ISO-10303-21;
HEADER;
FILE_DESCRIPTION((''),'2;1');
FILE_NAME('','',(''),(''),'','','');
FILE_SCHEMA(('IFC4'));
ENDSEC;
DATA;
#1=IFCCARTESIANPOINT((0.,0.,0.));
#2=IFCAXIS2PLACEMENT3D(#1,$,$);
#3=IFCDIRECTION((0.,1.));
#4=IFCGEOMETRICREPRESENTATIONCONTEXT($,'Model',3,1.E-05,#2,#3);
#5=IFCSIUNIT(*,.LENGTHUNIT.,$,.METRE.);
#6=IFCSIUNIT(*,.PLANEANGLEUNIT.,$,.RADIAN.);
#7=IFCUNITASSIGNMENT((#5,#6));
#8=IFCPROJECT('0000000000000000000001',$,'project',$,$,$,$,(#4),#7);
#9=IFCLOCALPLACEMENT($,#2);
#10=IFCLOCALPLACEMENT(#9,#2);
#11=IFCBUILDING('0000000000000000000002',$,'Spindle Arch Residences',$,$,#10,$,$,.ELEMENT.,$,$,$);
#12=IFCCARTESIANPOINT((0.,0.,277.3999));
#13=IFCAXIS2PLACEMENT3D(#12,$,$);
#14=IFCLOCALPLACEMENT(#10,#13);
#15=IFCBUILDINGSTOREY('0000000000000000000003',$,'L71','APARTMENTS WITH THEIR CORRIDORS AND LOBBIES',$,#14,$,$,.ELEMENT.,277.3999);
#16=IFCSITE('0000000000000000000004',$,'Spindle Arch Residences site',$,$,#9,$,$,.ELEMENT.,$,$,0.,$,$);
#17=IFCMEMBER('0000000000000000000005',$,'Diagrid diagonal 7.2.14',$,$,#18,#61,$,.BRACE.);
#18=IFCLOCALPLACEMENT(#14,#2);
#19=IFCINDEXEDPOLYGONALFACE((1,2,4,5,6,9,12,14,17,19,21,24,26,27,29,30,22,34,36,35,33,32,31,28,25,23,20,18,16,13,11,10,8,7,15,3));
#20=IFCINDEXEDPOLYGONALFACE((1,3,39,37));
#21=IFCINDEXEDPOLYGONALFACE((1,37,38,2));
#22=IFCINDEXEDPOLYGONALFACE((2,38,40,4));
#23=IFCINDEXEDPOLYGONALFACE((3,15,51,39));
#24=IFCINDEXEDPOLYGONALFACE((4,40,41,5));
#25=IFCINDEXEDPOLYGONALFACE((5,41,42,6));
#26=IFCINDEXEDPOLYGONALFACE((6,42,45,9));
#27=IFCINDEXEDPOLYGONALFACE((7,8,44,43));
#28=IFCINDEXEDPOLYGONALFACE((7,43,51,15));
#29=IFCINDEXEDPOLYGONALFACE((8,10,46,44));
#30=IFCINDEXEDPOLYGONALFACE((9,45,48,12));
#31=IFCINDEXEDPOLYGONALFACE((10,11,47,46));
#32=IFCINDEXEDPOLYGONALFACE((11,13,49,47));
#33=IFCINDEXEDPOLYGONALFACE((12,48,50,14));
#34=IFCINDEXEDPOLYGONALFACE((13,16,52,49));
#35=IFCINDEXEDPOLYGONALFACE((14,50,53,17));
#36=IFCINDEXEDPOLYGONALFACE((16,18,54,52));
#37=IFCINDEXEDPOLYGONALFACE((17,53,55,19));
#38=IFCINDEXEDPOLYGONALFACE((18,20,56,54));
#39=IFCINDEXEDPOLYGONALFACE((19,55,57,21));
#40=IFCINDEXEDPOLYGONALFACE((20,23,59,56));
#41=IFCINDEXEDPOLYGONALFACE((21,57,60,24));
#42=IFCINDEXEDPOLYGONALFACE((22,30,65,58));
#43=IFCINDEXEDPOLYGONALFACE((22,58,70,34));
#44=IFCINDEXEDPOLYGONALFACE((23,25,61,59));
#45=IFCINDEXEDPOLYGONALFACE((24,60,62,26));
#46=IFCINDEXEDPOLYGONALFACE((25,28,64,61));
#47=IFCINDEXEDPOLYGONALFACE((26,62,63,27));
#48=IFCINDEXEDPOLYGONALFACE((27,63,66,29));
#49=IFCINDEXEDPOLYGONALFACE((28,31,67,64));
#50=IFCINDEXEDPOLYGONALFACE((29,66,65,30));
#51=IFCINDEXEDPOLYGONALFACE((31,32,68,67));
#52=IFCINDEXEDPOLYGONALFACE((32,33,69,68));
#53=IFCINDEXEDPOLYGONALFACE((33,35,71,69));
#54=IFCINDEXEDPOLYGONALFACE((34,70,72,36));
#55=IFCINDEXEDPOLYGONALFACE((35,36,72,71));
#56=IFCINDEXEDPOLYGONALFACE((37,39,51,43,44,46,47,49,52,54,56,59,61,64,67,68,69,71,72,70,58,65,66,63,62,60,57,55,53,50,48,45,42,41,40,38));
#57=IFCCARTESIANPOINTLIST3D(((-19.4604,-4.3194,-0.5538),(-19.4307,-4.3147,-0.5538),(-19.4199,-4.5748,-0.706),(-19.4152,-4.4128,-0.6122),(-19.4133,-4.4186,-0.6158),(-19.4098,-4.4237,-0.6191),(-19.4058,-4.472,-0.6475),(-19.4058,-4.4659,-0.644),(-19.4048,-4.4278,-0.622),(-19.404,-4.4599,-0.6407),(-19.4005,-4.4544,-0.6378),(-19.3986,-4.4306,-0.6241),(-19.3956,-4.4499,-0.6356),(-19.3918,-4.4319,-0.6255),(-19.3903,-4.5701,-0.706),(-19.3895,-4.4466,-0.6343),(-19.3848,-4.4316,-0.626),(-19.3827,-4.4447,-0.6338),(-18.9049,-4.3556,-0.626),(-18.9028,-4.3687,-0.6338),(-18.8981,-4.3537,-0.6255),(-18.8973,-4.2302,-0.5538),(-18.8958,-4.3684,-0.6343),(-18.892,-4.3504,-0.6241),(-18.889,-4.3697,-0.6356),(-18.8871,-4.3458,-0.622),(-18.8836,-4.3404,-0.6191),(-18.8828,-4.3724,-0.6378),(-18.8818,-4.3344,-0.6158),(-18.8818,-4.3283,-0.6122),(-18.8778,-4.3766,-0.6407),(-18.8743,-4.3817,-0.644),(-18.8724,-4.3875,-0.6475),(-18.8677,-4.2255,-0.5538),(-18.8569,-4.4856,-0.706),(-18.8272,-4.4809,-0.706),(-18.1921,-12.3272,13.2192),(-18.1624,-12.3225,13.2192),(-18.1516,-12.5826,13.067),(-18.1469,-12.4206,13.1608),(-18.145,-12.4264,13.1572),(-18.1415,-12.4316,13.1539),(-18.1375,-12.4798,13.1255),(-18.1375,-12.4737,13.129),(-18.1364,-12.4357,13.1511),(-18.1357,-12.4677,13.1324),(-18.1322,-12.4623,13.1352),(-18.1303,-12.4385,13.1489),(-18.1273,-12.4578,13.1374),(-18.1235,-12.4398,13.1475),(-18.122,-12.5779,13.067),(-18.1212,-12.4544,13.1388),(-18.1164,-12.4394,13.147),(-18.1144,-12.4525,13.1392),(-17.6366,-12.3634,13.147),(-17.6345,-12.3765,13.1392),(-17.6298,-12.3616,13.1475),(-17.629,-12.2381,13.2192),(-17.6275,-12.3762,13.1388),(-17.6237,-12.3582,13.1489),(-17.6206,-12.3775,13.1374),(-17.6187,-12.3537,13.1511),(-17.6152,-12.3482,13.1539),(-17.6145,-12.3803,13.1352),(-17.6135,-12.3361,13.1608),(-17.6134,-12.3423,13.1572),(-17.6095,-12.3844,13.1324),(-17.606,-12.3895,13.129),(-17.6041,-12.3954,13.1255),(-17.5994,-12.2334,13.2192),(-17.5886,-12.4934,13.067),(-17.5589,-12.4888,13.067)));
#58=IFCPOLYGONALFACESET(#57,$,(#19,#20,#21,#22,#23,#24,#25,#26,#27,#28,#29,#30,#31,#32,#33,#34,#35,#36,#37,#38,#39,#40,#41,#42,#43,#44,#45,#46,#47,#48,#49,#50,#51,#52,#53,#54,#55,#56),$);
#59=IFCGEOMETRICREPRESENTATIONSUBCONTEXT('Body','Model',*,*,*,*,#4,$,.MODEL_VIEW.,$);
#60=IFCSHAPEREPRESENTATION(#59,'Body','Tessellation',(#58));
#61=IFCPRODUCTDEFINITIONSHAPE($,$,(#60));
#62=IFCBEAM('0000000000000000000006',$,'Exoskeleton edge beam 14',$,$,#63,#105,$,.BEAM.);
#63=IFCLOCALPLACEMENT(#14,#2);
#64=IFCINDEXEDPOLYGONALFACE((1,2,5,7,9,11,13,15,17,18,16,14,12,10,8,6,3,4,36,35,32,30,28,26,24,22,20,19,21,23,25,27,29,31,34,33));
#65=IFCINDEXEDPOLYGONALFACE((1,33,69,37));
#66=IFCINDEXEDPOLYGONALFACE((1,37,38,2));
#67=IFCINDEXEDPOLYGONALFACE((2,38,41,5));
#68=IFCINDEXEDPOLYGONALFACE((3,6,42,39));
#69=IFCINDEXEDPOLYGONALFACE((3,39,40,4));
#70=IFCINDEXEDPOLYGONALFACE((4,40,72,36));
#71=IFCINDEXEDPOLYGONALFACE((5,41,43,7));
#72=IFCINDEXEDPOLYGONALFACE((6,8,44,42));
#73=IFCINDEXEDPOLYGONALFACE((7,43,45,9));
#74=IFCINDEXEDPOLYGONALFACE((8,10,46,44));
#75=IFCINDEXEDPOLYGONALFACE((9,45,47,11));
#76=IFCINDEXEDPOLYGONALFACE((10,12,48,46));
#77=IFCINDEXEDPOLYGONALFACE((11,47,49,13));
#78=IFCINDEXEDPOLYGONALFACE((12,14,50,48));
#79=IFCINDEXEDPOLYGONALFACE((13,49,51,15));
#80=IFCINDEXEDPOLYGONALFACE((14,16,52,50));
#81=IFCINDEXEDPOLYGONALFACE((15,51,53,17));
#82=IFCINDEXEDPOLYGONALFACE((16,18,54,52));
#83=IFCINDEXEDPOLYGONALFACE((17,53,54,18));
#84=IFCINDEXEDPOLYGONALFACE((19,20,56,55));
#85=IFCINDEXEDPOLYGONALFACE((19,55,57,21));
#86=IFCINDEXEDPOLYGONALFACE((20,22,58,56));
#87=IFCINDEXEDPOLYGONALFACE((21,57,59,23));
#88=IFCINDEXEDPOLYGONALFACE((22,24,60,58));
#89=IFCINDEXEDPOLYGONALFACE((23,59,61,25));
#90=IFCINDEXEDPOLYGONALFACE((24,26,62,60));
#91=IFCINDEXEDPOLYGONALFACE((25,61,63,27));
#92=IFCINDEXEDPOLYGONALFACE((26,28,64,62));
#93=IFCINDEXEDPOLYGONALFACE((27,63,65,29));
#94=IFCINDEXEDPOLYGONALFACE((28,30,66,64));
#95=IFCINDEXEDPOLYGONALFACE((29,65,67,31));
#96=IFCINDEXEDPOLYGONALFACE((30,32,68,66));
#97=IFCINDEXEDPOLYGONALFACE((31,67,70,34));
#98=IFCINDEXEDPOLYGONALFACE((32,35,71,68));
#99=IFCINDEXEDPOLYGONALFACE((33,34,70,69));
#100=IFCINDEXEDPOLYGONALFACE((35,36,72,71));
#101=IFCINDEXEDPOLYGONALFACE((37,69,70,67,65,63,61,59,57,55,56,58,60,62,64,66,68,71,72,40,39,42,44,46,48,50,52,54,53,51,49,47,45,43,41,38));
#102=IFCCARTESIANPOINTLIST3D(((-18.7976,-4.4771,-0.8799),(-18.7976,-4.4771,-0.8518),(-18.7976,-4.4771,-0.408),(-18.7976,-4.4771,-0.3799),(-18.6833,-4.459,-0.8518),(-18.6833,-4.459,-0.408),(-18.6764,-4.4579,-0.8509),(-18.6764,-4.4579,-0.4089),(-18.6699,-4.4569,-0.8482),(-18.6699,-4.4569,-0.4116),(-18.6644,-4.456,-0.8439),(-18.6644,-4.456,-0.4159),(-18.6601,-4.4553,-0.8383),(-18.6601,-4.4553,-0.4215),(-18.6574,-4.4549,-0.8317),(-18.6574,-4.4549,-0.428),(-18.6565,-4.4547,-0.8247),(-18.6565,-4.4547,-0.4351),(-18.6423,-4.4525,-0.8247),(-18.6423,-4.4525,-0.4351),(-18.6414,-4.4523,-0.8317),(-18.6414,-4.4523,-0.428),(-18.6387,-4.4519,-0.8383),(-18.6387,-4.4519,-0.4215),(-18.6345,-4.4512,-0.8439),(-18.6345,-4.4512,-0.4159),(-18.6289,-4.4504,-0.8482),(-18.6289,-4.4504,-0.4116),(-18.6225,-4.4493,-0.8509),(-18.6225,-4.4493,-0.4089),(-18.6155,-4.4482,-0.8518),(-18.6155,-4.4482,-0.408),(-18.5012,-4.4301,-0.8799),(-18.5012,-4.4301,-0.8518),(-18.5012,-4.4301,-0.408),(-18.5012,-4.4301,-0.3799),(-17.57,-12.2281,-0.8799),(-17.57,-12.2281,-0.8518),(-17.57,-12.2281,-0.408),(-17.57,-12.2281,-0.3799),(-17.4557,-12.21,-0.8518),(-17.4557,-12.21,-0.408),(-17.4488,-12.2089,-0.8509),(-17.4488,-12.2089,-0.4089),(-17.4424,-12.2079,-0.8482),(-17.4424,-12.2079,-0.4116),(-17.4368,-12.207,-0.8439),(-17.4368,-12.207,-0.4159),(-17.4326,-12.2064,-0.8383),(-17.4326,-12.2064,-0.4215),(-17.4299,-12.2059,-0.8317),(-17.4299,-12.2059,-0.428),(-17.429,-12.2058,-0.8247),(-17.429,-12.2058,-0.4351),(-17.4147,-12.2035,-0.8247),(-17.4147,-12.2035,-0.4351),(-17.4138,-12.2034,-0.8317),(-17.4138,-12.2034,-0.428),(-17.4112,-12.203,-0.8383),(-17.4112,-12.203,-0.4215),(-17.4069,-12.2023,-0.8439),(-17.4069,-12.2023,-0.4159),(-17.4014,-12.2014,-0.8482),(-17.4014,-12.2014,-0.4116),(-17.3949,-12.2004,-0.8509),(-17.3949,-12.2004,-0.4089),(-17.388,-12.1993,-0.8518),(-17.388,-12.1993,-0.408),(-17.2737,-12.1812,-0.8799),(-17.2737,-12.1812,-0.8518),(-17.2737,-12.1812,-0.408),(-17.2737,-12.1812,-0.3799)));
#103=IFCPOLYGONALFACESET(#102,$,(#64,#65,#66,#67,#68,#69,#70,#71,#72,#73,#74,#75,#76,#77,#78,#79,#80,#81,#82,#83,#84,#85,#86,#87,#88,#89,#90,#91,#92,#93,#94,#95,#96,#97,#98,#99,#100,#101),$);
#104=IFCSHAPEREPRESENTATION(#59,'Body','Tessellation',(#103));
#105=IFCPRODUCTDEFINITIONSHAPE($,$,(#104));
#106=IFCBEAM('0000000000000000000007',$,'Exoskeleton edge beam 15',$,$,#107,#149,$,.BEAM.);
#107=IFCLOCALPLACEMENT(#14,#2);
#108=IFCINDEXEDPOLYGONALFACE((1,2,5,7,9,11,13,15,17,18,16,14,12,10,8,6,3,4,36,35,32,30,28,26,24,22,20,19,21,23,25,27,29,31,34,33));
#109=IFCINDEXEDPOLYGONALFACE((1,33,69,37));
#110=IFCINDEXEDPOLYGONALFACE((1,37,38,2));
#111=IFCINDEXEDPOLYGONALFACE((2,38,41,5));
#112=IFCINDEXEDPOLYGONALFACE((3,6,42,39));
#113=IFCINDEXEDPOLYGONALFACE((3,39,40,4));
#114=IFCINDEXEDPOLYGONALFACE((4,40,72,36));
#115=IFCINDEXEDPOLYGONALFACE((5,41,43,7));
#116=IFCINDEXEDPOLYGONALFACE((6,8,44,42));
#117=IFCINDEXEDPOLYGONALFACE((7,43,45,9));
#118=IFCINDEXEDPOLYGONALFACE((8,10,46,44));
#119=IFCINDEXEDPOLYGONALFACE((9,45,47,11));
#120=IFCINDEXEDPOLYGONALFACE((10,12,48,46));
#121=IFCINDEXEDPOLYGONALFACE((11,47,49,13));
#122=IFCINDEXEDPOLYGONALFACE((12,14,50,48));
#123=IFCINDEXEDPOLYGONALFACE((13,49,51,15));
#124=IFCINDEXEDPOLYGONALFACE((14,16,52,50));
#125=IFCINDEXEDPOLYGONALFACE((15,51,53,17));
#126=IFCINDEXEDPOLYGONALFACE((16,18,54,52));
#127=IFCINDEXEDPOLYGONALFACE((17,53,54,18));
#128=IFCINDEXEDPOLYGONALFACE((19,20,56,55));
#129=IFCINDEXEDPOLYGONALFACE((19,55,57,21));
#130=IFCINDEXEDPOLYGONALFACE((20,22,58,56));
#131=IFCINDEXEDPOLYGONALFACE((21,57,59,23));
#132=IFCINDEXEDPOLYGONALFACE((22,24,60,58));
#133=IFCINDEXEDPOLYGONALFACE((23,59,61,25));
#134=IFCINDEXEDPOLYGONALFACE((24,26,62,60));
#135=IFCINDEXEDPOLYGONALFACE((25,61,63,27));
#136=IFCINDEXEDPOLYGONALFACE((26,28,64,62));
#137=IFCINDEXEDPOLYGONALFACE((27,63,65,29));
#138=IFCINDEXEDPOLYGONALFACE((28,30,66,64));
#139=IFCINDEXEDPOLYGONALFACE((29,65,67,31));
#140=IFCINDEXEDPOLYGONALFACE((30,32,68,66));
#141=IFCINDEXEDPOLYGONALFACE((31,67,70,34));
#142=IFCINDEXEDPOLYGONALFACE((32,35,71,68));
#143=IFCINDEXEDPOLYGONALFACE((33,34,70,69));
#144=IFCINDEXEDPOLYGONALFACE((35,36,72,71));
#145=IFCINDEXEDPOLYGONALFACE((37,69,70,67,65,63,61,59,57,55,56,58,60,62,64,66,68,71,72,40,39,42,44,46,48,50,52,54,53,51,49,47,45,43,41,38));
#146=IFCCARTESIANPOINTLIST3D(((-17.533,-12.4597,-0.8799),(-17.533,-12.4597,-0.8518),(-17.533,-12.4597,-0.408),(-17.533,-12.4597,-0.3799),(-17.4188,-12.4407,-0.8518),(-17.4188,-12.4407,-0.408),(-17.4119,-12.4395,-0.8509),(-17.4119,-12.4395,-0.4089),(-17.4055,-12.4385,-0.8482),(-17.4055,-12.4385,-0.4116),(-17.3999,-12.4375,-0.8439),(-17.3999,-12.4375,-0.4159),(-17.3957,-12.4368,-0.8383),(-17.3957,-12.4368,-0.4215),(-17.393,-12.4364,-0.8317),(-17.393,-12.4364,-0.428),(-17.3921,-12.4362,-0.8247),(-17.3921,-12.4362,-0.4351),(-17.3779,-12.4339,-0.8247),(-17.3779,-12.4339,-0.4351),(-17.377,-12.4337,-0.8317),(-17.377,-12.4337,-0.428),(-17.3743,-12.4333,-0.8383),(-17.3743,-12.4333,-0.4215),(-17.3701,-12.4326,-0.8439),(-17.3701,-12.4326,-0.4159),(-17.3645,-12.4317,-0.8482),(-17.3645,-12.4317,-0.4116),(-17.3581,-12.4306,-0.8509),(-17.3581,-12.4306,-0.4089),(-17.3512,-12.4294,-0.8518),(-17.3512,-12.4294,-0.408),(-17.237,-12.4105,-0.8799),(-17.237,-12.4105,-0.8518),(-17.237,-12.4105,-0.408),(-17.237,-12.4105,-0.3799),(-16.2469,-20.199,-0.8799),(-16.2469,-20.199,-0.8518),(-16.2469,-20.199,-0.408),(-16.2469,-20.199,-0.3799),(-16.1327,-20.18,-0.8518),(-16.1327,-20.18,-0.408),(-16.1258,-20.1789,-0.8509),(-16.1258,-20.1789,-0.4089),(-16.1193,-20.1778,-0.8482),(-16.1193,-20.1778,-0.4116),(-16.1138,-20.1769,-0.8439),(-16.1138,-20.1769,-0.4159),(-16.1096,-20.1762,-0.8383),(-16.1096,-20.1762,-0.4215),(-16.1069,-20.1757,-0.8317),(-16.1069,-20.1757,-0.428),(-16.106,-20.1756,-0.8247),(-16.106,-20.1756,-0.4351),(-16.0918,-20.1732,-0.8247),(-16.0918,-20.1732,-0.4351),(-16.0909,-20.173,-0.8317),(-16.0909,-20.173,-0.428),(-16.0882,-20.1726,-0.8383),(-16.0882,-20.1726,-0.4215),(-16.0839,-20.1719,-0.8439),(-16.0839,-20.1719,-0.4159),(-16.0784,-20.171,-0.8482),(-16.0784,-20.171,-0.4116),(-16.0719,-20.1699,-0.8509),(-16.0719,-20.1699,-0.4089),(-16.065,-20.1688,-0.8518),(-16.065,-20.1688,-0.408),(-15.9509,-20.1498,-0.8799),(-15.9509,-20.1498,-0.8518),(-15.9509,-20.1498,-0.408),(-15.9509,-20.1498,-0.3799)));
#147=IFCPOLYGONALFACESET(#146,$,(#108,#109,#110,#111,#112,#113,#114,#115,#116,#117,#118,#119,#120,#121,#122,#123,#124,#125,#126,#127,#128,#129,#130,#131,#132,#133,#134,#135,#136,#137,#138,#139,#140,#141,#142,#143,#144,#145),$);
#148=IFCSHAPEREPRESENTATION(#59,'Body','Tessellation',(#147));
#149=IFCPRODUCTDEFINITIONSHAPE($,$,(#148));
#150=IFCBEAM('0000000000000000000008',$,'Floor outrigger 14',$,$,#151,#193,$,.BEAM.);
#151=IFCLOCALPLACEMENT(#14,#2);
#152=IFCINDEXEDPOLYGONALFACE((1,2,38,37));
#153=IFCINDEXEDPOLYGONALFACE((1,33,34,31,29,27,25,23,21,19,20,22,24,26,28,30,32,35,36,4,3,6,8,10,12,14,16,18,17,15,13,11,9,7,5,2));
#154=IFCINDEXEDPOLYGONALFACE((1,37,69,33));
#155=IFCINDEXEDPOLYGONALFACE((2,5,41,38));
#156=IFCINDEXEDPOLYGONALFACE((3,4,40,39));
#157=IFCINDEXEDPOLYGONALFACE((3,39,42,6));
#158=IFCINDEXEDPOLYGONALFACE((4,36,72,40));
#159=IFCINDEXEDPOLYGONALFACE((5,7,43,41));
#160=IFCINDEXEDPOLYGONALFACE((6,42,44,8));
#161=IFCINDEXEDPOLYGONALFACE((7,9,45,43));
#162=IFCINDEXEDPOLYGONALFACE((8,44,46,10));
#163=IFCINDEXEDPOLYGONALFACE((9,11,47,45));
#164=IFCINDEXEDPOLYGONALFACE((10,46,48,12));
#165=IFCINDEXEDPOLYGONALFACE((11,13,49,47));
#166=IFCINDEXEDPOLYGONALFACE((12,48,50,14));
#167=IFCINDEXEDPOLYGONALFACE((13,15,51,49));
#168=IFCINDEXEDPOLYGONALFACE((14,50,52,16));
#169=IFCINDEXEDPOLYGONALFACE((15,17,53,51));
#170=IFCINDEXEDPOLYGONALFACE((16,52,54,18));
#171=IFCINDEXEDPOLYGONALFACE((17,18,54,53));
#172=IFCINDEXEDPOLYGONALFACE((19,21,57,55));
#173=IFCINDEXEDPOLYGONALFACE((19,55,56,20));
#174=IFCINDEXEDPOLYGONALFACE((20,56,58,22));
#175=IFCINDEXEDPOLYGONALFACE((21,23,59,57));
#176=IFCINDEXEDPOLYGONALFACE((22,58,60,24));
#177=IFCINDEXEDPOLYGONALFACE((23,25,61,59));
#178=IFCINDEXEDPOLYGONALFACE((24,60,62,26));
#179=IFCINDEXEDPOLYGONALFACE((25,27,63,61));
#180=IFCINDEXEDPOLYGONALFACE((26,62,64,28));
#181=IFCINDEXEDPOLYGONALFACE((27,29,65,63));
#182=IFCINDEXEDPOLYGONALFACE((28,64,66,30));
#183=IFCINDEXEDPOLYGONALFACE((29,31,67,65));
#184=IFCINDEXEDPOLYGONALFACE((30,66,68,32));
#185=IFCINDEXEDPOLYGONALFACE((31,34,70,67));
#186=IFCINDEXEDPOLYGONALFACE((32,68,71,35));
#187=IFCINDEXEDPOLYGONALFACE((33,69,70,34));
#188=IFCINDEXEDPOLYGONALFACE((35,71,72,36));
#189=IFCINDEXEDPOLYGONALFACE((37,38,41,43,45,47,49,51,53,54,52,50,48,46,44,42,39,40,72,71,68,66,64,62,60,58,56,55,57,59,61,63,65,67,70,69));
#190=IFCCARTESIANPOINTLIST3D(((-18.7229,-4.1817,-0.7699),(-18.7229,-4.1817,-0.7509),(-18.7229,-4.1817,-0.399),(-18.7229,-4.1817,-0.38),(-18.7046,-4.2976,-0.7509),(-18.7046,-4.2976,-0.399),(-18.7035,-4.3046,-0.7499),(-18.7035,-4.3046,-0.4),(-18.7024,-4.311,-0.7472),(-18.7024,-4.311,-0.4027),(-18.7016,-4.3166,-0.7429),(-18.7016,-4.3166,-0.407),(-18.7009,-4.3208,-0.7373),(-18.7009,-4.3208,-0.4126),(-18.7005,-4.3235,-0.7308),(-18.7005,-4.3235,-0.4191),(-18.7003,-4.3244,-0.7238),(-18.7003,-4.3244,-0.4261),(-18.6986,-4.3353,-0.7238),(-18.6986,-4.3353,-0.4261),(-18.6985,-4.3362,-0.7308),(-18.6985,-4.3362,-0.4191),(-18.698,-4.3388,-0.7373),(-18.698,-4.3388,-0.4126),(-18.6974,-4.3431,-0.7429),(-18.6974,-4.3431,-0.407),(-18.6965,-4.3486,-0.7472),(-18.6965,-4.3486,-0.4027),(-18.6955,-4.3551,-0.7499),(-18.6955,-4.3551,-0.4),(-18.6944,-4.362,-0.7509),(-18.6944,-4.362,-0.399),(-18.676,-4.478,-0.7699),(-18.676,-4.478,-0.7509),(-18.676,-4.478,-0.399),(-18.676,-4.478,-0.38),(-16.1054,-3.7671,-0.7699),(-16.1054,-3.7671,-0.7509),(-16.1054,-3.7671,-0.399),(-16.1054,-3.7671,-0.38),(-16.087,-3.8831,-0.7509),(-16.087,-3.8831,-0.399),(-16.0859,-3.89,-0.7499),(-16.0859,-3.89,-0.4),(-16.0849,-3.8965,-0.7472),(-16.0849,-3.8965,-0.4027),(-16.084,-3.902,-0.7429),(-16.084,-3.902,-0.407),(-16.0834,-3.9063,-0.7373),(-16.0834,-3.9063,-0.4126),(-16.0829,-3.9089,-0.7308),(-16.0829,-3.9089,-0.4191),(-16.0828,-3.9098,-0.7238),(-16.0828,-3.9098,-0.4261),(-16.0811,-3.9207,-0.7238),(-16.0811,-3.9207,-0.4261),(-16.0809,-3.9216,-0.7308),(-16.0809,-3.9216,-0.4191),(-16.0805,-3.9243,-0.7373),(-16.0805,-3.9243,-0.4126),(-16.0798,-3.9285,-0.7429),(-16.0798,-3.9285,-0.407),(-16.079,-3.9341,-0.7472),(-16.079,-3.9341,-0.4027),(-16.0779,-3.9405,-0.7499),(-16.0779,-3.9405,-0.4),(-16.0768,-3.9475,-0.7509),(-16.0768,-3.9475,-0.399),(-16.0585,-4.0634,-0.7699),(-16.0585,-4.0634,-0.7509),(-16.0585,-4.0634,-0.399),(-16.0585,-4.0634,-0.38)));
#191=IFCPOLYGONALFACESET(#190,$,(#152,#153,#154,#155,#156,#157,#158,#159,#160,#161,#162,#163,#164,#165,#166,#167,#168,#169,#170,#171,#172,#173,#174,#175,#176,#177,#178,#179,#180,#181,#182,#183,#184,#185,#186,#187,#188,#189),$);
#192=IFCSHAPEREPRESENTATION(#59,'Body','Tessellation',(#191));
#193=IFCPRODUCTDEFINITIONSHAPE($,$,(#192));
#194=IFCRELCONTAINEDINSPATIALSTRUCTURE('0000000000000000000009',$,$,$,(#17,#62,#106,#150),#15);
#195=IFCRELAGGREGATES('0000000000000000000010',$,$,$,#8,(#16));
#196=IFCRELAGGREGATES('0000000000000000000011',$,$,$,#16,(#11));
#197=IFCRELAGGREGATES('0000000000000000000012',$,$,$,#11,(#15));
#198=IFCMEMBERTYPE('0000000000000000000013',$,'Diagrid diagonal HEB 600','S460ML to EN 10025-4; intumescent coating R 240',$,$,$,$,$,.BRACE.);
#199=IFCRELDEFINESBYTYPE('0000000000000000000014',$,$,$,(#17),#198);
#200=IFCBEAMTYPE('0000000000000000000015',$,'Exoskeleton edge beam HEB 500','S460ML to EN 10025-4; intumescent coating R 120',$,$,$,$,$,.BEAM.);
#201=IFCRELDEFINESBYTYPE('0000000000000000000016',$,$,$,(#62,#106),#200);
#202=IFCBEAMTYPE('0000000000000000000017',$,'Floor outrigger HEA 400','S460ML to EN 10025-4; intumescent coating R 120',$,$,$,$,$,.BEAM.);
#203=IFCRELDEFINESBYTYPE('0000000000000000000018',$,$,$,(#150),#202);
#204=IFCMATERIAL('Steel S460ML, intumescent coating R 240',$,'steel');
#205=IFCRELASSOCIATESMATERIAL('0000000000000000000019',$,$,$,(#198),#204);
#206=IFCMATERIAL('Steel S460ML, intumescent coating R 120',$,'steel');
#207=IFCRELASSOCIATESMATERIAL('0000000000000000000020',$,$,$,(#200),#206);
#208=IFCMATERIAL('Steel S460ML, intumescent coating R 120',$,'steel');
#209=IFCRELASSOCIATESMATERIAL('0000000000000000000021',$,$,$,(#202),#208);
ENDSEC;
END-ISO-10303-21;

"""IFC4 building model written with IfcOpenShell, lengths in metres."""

from ifc_helpers import new_model, si_unit, direction, frame, origin, origin_2d, place, context, subcontext, project, spatial, i_section, extrude, material, material_profile, profile_set, type_object, element, save


model = new_model("IFC4")

# Units and contexts
model_context = context("Model", 3, precision=1e-05, world=origin(), true_north=direction((0.0, 1.0)))
body_context = subcontext(model_context, "Body", "Model", "MODEL_VIEW")
ifc_project = project(units=[si_unit("LENGTHUNIT", "METRE"), si_unit("PLANEANGLEUNIT", "RADIAN")], contexts=[model_context])

# Site, building, storey
site_placement = place(None, origin())
site = spatial("IfcSite", under=ifc_project, at=site_placement, Name="Spindle Arch Residences site", CompositionType="ELEMENT", RefElevation=0.0)
building_placement = place(site_placement, origin())
building = spatial("IfcBuilding", under=site, at=building_placement, Name="Spindle Arch Residences", CompositionType="ELEMENT")
storey_placement = place(building_placement, frame((0.0, 0.0, 277.3999)))
storey = spatial("IfcBuildingStorey", under=building, at=storey_placement, Name="L71", Description="APARTMENTS WITH THEIR CORRIDORS AND LOBBIES", CompositionType="ELEMENT", Elevation=277.3999)

# Member
ifc_material_1 = material(Name="Steel S460ML, intumescent coating R 240", Category="steel")
ifc_material_profile_1 = material_profile(ifc_material_1, i_section(OverallWidth=0.3, OverallDepth=0.6001, WebThickness=0.0154, FlangeThickness=0.03, FilletRadius=0.0271, at=origin_2d()), Name="HEB 600")
ifc_profile_set_1 = profile_set([ifc_material_profile_1], Name="Steel S460ML, intumescent coating R 240")
member_type_1 = type_object("IfcMemberType", Name="Diagrid diagonal HEB 600", Description="S460ML to EN 10025-4; intumescent coating R 240", PredefinedType="BRACE", material=ifc_profile_set_1)
for number, where, z_axis, x_axis, name in (
    (1, (-19.1438, -4.4001, -0.6299), (0.079358, -0.501049, 0.861773), (-0.134811, 0.851163, 0.507294), "Diagrid diagonal 7.2.14"),
):
    element("IfcMember", number, at=place(storey_placement, frame(where, z_axis=z_axis, x_axis=x_axis)), inside=storey, type_object=member_type_1, Name=name, PredefinedType="BRACE", context=body_context, shape_type="SweptSolid", body=[
        extrude(i_section(OverallWidth=0.3, OverallDepth=0.6001, WebThickness=0.0154, FlangeThickness=0.03, FilletRadius=0.0271, at=origin_2d()), origin(), (0.0, 0.0, 1.0), 15.9822),
    ])

# Beams
ifc_material_2 = material(Name="Steel S460ML, intumescent coating R 120", Category="steel")
ifc_material_profile_2 = material_profile(ifc_material_2, i_section(OverallWidth=0.3, OverallDepth=0.5, WebThickness=0.0144, FlangeThickness=0.0281, FilletRadius=0.0271, at=origin_2d()), Name="HEB 500")
ifc_profile_set_2 = profile_set([ifc_material_profile_2], Name="Steel S460ML, intumescent coating R 120")
beam_type_1 = type_object("IfcBeamType", Name="Exoskeleton edge beam HEB 500", Description="S460ML to EN 10025-4; intumescent coating R 120", PredefinedType="BEAM", material=ifc_profile_set_2)
beam_1_placement = place(storey_placement, frame((-18.6494, -4.4536, -0.6299), z_axis=(0.156423, -0.98769, 0.0), x_axis=(0.98769, 0.156423, 0.0)))
element("IfcBeam", 2, at=beam_1_placement, inside=storey, type_object=beam_type_1, Name="Exoskeleton edge beam 14", PredefinedType="BEAM", context=body_context, shape_type="SweptSolid", body=[
    extrude(i_section(OverallWidth=0.3, OverallDepth=0.5, WebThickness=0.0144, FlangeThickness=0.0281, FilletRadius=0.0271, at=origin_2d()), origin(), (0.0, 0.0, 1.0), 7.8477),
])
beam_2_placement = place(storey_placement, frame((-17.385, -12.4351, -0.6299), z_axis=(0.163935, -0.986471, 0.0), x_axis=(0.986471, 0.163935, 0.0)))
element("IfcBeam", 3, at=beam_2_placement, inside=storey, type_object=beam_type_1, Name="Exoskeleton edge beam 15", PredefinedType="BEAM", context=body_context, shape_type="SweptSolid", body=[
    extrude(i_section(OverallWidth=0.3, OverallDepth=0.5, WebThickness=0.0144, FlangeThickness=0.0281, FilletRadius=0.0271, at=origin_2d()), origin(), (0.0, 0.0, 1.0), 7.8455),
])
ifc_material_3 = material(Name="Steel S460ML, intumescent coating R 120", Category="steel")
ifc_material_profile_3 = material_profile(ifc_material_3, i_section(OverallWidth=0.3, OverallDepth=0.3899, WebThickness=0.011, FlangeThickness=0.019, FilletRadius=0.0271, at=origin_2d()), Name="HEA 400")
ifc_profile_set_3 = profile_set([ifc_material_profile_3], Name="Steel S460ML, intumescent coating R 120")
beam_type_2 = type_object("IfcBeamType", Name="Floor outrigger HEA 400", Description="S460ML to EN 10025-4; intumescent coating R 120", PredefinedType="BEAM", material=ifc_profile_set_3)
for number, where, z_axis, x_axis, name in (
    (4, (-18.6995, -4.3298, -0.575), (0.987689, 0.156431, 0.0), (-0.156431, 0.987689, 0.0), "Floor outrigger 14"),
):
    element("IfcBeam", number, at=place(storey_placement, frame(where, z_axis=z_axis, x_axis=x_axis)), inside=storey, type_object=beam_type_2, Name=name, PredefinedType="BEAM", context=body_context, shape_type="SweptSolid", body=[
        extrude(i_section(OverallWidth=0.3, OverallDepth=0.3899, WebThickness=0.011, FlangeThickness=0.019, FilletRadius=0.0271, at=origin_2d()), origin(), (0.0, 0.0, 1.0), 2.6501),
    ])

save(model, "model.ifc")
